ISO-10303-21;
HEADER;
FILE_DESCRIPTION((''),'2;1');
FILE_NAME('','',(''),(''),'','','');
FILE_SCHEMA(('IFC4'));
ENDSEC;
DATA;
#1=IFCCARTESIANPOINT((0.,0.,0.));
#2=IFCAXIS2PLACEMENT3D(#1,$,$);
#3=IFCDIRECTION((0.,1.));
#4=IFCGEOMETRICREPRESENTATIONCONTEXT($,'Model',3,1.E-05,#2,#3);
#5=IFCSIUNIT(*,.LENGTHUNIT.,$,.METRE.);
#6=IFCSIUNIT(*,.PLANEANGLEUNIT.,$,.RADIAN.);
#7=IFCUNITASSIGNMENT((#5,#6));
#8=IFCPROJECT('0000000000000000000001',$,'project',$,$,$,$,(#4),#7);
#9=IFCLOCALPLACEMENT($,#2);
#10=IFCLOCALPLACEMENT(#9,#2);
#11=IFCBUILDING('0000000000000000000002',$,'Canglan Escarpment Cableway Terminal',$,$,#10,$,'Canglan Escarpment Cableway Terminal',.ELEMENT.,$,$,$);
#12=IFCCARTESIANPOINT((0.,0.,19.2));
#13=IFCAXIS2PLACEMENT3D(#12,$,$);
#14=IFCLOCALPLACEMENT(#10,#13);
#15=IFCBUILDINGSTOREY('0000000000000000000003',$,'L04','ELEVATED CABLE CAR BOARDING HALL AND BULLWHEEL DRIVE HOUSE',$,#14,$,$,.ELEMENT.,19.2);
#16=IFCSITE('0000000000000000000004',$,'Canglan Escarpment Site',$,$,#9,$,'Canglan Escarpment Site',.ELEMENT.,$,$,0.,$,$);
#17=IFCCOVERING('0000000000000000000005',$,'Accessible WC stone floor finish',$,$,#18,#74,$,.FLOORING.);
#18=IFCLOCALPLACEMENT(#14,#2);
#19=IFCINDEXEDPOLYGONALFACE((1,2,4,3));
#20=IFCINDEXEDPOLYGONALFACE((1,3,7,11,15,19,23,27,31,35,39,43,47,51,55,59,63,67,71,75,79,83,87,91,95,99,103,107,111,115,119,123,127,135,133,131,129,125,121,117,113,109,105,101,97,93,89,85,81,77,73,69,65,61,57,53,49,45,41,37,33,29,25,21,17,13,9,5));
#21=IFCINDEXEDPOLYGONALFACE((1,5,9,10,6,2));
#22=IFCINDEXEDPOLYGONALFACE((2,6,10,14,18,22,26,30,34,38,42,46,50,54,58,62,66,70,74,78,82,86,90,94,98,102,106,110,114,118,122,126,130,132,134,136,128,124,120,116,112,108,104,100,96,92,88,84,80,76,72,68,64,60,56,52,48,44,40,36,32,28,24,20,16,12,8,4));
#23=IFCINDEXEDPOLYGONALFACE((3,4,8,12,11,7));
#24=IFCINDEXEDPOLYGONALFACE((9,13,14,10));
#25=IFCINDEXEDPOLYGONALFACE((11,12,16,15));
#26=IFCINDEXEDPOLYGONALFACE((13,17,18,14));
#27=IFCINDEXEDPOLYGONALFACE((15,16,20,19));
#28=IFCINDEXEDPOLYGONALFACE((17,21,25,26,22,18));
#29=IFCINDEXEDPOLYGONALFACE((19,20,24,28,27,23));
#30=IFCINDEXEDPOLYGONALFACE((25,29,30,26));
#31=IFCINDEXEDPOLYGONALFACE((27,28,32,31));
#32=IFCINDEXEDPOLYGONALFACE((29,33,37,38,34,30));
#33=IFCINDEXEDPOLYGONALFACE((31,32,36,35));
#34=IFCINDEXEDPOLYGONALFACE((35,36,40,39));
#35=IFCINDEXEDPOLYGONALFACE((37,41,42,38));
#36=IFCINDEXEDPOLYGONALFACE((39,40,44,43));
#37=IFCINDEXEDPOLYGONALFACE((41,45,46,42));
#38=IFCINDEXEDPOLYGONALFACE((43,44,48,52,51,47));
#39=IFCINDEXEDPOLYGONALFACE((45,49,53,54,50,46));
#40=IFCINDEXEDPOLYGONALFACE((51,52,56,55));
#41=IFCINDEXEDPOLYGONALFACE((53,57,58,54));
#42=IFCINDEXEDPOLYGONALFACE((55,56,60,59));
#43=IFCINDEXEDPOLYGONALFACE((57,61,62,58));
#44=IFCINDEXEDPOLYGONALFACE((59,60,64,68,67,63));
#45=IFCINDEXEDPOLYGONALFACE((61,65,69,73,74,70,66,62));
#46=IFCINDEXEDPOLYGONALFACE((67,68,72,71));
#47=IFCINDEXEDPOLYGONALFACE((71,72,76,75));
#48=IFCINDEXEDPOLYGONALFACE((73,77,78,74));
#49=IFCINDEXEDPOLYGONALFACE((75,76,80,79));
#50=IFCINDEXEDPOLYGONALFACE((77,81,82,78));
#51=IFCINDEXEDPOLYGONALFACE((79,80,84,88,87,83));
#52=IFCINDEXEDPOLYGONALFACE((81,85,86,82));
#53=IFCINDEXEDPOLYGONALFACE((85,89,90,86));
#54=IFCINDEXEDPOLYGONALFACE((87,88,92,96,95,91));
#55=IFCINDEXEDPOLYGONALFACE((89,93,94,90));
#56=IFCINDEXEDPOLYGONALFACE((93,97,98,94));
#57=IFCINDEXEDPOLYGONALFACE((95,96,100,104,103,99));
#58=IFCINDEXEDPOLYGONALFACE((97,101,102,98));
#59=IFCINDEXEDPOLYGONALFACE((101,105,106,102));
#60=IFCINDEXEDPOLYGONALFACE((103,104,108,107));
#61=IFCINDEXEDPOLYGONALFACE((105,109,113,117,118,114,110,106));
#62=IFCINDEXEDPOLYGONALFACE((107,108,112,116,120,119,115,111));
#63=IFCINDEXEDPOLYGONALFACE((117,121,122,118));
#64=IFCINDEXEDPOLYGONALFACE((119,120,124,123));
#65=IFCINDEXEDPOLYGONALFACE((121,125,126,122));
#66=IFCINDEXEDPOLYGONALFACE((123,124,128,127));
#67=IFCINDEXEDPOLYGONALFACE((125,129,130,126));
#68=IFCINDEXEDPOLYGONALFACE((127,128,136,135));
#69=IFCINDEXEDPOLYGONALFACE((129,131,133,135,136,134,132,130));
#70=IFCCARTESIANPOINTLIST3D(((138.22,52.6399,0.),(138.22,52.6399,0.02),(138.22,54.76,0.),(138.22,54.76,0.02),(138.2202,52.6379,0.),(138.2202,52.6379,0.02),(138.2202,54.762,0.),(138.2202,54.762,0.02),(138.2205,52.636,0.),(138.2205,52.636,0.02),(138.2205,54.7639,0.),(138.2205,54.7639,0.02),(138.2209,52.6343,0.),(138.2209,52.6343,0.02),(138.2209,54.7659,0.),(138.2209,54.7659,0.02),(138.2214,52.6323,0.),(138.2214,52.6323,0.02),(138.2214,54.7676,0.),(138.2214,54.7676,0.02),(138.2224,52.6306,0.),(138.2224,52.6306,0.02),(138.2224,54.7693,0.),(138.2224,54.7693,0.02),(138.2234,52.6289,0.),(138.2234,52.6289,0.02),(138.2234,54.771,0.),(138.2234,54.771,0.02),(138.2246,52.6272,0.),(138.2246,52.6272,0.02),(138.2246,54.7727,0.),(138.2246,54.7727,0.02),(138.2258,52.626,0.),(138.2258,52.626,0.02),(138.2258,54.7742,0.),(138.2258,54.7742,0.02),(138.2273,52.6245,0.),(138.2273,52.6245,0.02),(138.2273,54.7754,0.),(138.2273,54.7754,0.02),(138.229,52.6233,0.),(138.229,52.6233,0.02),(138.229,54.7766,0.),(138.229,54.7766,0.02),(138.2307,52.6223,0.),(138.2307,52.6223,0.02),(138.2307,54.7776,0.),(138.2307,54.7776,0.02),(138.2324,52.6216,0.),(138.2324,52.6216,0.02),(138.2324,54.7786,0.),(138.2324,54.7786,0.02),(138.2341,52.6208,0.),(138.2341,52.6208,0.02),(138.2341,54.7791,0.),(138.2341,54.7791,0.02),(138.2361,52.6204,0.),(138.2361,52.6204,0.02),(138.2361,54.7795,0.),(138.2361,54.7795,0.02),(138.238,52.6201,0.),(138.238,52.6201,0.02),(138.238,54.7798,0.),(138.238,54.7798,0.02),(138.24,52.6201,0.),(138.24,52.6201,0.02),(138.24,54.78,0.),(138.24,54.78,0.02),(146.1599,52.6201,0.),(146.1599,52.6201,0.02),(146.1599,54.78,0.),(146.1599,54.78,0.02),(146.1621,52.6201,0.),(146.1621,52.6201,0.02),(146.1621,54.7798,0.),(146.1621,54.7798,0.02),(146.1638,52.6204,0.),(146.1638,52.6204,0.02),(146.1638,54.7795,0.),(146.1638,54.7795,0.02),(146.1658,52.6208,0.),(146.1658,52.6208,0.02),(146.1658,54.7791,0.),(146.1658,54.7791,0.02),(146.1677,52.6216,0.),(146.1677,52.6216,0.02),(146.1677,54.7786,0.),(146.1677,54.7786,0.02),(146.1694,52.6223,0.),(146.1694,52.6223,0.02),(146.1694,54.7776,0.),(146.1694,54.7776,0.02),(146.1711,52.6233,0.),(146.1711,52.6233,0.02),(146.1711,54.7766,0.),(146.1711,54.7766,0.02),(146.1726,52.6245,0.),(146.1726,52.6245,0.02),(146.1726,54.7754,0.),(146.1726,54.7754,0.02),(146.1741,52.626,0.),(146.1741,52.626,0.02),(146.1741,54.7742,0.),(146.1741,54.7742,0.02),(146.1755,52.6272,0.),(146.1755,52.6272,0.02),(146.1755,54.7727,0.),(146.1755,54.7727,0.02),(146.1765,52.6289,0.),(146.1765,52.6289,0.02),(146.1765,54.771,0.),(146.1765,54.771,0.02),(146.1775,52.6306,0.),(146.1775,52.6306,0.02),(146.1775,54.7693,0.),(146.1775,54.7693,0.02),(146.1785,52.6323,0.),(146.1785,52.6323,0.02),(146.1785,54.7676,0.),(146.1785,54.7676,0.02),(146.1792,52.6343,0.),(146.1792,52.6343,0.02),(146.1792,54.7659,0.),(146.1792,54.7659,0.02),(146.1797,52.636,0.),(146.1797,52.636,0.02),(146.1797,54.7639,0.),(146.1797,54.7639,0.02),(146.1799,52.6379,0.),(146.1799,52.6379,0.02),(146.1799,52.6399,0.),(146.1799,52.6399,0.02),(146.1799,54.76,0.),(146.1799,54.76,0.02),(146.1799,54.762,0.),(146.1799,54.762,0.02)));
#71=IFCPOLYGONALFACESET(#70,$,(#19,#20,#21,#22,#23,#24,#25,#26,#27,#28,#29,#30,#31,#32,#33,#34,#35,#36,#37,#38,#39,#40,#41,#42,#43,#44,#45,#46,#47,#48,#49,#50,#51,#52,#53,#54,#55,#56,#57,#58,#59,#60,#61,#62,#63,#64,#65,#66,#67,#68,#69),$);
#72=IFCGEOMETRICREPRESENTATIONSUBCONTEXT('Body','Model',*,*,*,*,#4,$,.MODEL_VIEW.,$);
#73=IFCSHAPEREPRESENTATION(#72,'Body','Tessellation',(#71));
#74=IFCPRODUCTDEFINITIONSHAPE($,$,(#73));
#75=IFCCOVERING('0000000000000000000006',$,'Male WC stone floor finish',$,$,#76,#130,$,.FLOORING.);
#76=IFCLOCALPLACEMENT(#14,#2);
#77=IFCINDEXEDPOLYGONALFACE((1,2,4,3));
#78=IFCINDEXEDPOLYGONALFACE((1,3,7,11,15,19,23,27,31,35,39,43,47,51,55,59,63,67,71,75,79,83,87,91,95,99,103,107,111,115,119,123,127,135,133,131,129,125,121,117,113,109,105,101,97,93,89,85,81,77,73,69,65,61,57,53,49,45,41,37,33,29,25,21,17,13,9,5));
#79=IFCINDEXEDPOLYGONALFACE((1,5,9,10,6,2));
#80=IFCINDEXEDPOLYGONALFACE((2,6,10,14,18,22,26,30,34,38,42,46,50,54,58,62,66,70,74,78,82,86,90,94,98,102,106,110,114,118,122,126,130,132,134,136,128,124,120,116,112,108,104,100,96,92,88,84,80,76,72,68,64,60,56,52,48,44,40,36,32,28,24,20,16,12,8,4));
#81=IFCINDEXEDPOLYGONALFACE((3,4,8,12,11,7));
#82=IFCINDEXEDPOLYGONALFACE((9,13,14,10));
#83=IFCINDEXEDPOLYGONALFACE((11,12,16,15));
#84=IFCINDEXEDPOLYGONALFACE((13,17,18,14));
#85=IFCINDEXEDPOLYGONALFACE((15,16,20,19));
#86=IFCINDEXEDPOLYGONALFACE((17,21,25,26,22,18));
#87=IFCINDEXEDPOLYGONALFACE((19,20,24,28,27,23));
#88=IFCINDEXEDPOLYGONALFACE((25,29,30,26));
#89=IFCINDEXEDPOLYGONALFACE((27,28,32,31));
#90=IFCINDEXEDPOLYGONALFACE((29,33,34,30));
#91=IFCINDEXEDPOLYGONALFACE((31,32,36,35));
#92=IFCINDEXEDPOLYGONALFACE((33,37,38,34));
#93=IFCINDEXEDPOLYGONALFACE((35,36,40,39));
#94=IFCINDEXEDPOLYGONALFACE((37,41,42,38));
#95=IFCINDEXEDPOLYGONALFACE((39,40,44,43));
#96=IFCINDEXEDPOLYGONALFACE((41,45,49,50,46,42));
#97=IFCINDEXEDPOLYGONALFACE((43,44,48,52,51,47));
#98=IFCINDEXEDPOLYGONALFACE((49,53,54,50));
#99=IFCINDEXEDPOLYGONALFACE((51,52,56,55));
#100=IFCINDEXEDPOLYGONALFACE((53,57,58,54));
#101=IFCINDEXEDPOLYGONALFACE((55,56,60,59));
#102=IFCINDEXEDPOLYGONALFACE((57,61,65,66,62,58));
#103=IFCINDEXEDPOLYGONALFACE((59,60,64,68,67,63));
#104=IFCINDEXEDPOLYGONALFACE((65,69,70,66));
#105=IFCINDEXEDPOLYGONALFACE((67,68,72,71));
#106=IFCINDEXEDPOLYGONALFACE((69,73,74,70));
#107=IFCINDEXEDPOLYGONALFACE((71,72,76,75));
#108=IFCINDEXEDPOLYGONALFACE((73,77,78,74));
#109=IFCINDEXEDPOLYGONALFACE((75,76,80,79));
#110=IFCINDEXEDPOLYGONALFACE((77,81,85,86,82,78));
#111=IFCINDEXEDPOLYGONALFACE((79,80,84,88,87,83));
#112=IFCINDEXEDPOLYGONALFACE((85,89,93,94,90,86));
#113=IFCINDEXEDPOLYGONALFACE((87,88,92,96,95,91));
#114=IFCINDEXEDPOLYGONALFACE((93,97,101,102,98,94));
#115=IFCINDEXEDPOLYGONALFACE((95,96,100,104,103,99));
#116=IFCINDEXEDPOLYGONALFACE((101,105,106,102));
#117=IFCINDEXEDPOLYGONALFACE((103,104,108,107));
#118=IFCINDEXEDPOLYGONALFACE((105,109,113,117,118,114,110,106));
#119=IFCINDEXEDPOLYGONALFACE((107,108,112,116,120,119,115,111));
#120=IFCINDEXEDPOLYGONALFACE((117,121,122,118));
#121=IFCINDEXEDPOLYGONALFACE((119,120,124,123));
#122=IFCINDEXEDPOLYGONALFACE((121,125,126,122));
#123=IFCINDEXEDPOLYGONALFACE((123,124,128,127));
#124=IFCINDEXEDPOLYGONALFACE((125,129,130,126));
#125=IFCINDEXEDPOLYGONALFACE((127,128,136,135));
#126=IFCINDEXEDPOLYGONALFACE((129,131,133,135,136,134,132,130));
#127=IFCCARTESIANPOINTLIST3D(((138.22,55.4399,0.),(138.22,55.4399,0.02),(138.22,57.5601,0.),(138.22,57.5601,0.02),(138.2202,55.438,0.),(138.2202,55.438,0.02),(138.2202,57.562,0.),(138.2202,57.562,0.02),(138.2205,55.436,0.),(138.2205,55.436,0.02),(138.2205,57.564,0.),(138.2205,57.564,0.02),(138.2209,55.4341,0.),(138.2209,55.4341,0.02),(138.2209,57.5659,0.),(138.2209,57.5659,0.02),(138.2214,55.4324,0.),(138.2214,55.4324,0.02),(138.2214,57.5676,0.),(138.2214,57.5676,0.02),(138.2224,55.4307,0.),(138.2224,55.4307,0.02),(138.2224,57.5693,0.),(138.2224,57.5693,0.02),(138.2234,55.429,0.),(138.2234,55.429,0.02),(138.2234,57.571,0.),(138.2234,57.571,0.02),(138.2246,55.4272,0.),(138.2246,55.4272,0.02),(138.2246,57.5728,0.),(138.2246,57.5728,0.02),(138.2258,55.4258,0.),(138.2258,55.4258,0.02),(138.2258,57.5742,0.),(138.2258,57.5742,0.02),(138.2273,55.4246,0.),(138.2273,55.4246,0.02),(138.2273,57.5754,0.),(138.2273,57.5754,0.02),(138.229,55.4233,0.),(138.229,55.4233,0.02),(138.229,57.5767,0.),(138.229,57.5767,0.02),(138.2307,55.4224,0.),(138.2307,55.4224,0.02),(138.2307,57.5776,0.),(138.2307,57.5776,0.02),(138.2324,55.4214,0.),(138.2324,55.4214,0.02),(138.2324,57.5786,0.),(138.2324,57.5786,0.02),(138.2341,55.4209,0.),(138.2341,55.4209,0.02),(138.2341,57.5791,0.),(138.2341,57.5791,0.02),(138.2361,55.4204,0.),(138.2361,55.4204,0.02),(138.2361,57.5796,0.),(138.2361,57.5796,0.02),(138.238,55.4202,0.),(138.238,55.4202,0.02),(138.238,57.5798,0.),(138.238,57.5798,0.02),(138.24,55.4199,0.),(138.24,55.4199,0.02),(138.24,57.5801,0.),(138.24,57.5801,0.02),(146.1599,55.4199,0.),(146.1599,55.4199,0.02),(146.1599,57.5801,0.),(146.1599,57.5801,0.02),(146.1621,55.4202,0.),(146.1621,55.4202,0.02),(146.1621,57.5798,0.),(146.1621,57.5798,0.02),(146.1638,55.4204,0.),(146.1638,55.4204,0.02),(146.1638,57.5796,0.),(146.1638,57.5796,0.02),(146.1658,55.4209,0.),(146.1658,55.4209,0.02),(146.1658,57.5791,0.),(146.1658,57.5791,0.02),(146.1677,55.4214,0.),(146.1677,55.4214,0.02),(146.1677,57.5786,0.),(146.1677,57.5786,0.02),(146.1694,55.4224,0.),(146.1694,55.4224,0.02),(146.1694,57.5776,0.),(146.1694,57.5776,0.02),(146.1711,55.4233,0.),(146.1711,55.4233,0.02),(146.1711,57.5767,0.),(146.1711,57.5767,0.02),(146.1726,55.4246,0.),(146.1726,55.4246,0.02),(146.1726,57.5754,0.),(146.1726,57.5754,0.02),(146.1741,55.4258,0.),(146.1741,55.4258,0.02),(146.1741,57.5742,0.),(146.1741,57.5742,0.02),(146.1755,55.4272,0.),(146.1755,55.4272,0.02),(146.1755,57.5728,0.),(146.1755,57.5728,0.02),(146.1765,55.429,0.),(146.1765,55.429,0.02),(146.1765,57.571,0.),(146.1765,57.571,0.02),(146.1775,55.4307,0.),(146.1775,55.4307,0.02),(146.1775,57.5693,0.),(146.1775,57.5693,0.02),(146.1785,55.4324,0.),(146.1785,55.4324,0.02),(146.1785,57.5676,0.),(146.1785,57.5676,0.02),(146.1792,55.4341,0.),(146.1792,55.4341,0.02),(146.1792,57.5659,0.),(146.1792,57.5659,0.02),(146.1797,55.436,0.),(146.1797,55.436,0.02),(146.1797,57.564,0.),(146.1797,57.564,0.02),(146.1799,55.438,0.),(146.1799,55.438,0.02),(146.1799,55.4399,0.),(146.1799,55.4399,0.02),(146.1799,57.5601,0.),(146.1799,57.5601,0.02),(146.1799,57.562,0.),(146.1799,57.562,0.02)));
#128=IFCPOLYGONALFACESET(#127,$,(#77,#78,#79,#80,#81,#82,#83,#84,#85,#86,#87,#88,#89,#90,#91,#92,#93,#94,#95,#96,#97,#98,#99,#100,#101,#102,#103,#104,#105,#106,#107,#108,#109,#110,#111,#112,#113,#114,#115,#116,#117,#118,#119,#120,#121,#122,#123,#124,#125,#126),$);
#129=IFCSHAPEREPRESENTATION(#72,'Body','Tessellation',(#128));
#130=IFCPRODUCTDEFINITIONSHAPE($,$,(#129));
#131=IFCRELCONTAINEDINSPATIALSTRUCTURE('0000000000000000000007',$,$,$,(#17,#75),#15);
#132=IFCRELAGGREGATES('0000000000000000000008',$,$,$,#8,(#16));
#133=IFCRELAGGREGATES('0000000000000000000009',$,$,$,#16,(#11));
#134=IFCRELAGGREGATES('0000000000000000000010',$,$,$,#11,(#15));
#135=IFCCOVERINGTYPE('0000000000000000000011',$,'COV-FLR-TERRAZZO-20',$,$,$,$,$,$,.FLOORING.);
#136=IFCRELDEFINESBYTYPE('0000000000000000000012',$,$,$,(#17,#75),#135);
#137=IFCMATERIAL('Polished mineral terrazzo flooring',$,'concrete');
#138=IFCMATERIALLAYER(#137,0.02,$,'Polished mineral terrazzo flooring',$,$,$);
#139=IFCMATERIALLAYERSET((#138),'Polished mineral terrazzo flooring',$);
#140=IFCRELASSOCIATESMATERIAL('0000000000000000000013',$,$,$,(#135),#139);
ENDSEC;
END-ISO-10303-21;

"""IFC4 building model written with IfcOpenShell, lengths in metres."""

from ifc_helpers import new_model, si_unit, direction, frame, origin, place, context, subcontext, project, spatial, polyline, outline, extrude, material, layer, layer_set, type_object, element, save


model = new_model("IFC4")

# Units and contexts
model_context = context("Model", 3, precision=1e-05, world=origin(), true_north=direction((0.0, 1.0)))
body_context = subcontext(model_context, "Body", "Model", "MODEL_VIEW")
ifc_project = project(units=[si_unit("LENGTHUNIT", "METRE"), si_unit("PLANEANGLEUNIT", "RADIAN")], contexts=[model_context])

# Site, building, storey
site_placement = place(None, origin())
site = spatial("IfcSite", under=ifc_project, at=site_placement, Name="Canglan Escarpment Site", LongName="Canglan Escarpment Site", CompositionType="ELEMENT", RefElevation=0.0)
building_placement = place(site_placement, origin())
building = spatial("IfcBuilding", under=site, at=building_placement, Name="Canglan Escarpment Cableway Terminal", LongName="Canglan Escarpment Cableway Terminal", CompositionType="ELEMENT")
storey_placement = place(building_placement, frame((0.0, 0.0, 19.2)))
storey = spatial("IfcBuildingStorey", under=building, at=storey_placement, Name="L04", Description="ELEVATED CABLE CAR BOARDING HALL AND BULLWHEEL DRIVE HOUSE", CompositionType="ELEMENT", Elevation=19.2)

# Coverings
ifc_material_1 = material(Name="Polished mineral terrazzo flooring", Category="concrete")
ifc_layer_1 = layer(ifc_material_1, 0.02, Name="Polished mineral terrazzo flooring")
ifc_layer_set_1 = layer_set([ifc_layer_1], Name="Polished mineral terrazzo flooring")
covering_type_1 = type_object("IfcCoveringType", Name="COV-FLR-TERRAZZO-20", PredefinedType="FLOORING", material=ifc_layer_set_1)
covering_1_placement = place(storey_placement, origin())
element("IfcCovering", 1, at=covering_1_placement, inside=storey, type_object=covering_type_1, Name="Accessible WC stone floor finish", PredefinedType="FLOORING", context=body_context, shape_type="SweptSolid", body=[
    extrude(outline(polyline([(138.24, 52.6201), (138.238, 52.6201), (138.2361, 52.6204), (138.2341, 52.6208), (138.2324, 52.6216), (138.2307, 52.6223), (138.229, 52.6233), (138.2273, 52.6245), (138.2258, 52.626), (138.2246, 52.6272), (138.2234, 52.6289), (138.2224, 52.6306), (138.2214, 52.6323), (138.2209, 52.6343), (138.2205, 52.636), (138.2202, 52.6379), (138.22, 52.6399), (138.22, 54.76), (138.2202, 54.762), (138.2205, 54.7639), (138.2209, 54.7659), (138.2214, 54.7676), (138.2224, 54.7693), (138.2234, 54.771), (138.2246, 54.7727), (138.2258, 54.7742), (138.2273, 54.7754), (138.229, 54.7766), (138.2307, 54.7776), (138.2324, 54.7786), (138.2341, 54.7791), (138.2361, 54.7795), (138.238, 54.7798), (138.24, 54.78), (146.1599, 54.78), (146.1621, 54.7798), (146.1638, 54.7795), (146.1658, 54.7791), (146.1677, 54.7786), (146.1694, 54.7776), (146.1711, 54.7766), (146.1726, 54.7754), (146.1741, 54.7742), (146.1755, 54.7727), (146.1765, 54.771), (146.1775, 54.7693), (146.1785, 54.7676), (146.1792, 54.7659), (146.1797, 54.7639), (146.1799, 54.762), (146.1799, 54.76), (146.1799, 52.6399), (146.1799, 52.6379), (146.1797, 52.636), (146.1792, 52.6343), (146.1785, 52.6323), (146.1775, 52.6306), (146.1765, 52.6289), (146.1755, 52.6272), (146.1741, 52.626), (146.1726, 52.6245), (146.1711, 52.6233), (146.1694, 52.6223), (146.1677, 52.6216), (146.1658, 52.6208), (146.1638, 52.6204), (146.1621, 52.6201), (146.1599, 52.6201), (138.24, 52.6201)])), origin(), (0.0, 0.0, 1.0), 0.02),
])
covering_2_placement = place(storey_placement, origin())
element("IfcCovering", 2, at=covering_2_placement, inside=storey, type_object=covering_type_1, Name="Male WC stone floor finish", PredefinedType="FLOORING", context=body_context, shape_type="SweptSolid", body=[
    extrude(outline(polyline([(138.22, 57.5601), (138.2202, 57.562), (138.2205, 57.564), (138.2209, 57.5659), (138.2214, 57.5676), (138.2224, 57.5693), (138.2234, 57.571), (138.2246, 57.5728), (138.2258, 57.5742), (138.2273, 57.5754), (138.229, 57.5767), (138.2307, 57.5776), (138.2324, 57.5786), (138.2341, 57.5791), (138.2361, 57.5796), (138.238, 57.5798), (138.24, 57.5801), (146.1599, 57.5801), (146.1621, 57.5798), (146.1638, 57.5796), (146.1658, 57.5791), (146.1677, 57.5786), (146.1694, 57.5776), (146.1711, 57.5767), (146.1726, 57.5754), (146.1741, 57.5742), (146.1755, 57.5728), (146.1765, 57.571), (146.1775, 57.5693), (146.1785, 57.5676), (146.1792, 57.5659), (146.1797, 57.564), (146.1799, 57.562), (146.1799, 57.5601), (146.1799, 55.4399), (146.1799, 55.438), (146.1797, 55.436), (146.1792, 55.4341), (146.1785, 55.4324), (146.1775, 55.4307), (146.1765, 55.429), (146.1755, 55.4272), (146.1741, 55.4258), (146.1726, 55.4246), (146.1711, 55.4233), (146.1694, 55.4224), (146.1677, 55.4214), (146.1658, 55.4209), (146.1638, 55.4204), (146.1621, 55.4202), (146.1599, 55.4199), (138.24, 55.4199), (138.238, 55.4202), (138.2361, 55.4204), (138.2341, 55.4209), (138.2324, 55.4214), (138.2307, 55.4224), (138.229, 55.4233), (138.2273, 55.4246), (138.2258, 55.4258), (138.2246, 55.4272), (138.2234, 55.429), (138.2224, 55.4307), (138.2214, 55.4324), (138.2209, 55.4341), (138.2205, 55.436), (138.2202, 55.438), (138.22, 55.4399), (138.22, 57.5601)])), origin(), (0.0, 0.0, 1.0), 0.02),
])

save(model, "model.ifc")
